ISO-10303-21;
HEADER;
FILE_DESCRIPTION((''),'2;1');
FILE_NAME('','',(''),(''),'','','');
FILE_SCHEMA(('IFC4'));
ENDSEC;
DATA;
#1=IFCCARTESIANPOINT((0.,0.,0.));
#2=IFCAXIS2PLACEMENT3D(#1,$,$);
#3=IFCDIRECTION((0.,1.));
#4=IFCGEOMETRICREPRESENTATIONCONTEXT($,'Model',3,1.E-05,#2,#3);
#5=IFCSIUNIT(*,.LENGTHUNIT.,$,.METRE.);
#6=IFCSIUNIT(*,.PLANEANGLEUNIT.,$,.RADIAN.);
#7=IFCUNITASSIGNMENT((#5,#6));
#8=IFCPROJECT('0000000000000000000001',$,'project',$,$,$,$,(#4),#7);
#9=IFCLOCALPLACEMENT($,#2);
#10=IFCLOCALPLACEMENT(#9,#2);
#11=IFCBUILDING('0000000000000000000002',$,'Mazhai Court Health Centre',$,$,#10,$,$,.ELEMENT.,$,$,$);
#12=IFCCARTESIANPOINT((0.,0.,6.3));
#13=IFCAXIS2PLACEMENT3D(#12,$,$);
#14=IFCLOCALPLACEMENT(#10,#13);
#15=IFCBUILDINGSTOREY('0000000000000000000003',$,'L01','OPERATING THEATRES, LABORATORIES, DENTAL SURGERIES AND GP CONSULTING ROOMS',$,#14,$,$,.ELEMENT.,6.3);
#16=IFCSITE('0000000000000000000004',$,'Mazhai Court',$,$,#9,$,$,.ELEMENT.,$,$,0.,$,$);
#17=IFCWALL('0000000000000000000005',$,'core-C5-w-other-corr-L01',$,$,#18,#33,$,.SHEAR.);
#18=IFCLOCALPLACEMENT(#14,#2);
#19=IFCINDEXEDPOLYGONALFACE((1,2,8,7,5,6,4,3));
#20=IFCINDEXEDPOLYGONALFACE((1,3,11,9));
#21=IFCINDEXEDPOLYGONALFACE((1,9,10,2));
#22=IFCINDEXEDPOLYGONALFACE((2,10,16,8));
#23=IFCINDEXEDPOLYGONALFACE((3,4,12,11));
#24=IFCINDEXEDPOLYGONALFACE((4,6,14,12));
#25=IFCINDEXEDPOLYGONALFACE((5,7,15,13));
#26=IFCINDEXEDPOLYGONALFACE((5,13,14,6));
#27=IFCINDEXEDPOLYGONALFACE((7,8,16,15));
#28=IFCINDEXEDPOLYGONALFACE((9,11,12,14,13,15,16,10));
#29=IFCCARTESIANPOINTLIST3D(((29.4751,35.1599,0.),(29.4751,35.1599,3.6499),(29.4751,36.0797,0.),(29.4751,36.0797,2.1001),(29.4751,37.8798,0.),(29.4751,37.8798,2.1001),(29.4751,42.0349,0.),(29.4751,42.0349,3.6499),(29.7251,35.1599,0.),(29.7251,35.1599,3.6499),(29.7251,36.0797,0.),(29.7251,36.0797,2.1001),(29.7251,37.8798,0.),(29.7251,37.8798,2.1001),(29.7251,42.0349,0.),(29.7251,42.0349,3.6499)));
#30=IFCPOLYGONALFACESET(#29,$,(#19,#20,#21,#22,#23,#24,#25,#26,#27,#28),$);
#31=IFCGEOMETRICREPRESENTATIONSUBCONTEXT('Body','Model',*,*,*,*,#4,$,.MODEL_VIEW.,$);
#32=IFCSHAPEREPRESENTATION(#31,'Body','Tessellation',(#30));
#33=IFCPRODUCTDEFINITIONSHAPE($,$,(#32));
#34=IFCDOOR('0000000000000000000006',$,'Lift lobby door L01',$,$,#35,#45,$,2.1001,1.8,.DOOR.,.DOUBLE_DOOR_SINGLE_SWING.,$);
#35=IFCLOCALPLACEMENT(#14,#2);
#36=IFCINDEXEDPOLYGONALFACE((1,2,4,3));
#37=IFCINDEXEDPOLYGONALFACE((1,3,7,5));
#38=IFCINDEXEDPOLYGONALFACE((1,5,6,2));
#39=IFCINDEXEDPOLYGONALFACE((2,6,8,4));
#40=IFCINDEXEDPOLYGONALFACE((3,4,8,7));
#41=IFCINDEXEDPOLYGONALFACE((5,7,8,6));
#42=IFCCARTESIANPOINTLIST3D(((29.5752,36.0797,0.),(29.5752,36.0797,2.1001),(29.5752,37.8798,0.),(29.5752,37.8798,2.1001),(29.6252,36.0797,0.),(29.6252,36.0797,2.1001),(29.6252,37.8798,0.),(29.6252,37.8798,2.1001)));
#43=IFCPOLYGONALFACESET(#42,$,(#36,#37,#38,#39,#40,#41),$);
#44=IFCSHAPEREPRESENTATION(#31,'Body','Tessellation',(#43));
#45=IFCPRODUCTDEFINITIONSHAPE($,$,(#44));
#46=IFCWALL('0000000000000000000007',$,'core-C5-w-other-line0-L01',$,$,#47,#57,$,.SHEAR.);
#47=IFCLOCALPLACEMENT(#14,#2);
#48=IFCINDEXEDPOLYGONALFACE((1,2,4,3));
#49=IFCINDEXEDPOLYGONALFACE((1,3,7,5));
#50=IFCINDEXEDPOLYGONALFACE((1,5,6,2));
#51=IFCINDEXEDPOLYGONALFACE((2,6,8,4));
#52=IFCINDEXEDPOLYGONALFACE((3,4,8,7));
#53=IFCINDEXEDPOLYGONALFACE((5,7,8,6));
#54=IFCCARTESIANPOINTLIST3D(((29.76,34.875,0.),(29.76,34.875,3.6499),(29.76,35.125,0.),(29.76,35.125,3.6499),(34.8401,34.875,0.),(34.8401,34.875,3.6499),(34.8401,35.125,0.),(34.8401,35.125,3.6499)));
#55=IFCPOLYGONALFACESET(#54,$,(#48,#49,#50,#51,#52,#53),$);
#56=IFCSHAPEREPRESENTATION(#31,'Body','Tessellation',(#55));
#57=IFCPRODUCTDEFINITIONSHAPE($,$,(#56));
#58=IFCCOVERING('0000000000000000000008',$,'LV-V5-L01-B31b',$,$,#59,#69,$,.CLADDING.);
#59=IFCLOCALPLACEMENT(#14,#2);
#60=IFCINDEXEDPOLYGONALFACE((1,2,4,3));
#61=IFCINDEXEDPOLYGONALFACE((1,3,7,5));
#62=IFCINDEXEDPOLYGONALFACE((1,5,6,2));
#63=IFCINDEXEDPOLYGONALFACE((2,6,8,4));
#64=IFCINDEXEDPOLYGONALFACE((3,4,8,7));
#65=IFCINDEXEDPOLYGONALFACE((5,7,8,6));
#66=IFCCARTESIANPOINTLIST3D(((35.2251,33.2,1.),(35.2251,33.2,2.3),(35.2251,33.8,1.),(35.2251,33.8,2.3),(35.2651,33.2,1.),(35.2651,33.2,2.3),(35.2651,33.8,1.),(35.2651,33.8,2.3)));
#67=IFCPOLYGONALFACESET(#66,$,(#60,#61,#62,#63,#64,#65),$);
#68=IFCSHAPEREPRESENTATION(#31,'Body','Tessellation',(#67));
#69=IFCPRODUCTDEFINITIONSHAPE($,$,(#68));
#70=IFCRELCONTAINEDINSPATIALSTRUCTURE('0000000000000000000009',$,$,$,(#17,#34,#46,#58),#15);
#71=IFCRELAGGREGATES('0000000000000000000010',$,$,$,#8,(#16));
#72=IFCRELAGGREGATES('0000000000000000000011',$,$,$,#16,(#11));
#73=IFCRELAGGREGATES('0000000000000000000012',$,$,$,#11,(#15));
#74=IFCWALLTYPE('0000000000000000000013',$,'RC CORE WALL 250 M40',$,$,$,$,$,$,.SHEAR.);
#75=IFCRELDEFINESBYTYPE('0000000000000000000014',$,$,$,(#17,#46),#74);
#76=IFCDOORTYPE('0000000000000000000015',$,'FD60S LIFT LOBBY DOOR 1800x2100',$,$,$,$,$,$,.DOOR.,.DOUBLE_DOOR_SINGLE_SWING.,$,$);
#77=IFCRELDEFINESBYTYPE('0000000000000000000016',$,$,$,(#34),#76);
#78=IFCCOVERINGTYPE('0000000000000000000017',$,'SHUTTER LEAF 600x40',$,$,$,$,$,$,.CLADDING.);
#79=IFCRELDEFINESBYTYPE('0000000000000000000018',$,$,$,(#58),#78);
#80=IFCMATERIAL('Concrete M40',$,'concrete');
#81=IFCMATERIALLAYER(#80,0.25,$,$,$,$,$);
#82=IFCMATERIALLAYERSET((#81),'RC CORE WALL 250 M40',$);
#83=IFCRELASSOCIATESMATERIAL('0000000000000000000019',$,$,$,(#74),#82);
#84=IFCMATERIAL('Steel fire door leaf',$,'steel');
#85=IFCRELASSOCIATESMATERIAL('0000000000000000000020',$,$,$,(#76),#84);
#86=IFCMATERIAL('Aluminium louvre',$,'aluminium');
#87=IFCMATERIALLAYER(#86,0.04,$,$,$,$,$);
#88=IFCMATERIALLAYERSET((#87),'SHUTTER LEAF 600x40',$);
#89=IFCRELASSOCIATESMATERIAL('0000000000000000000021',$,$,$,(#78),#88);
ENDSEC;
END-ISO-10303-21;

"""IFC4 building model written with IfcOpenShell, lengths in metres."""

from ifc_helpers import new_model, si_unit, direction, frame, frame_2d, origin, origin_2d, place, context, subcontext, project, spatial, rectangle, extrude, material, layer, layer_set, type_object, element, fill, save


model = new_model("IFC4")

# Units and contexts
model_context = context("Model", 3, precision=1e-05, world=origin(), true_north=direction((0.0, 1.0)))
body_context = subcontext(model_context, "Body", "Model", "MODEL_VIEW")
ifc_project = project(units=[si_unit("LENGTHUNIT", "METRE"), si_unit("PLANEANGLEUNIT", "RADIAN")], contexts=[model_context])

# Site, building, storey
site_placement = place(None, origin())
site = spatial("IfcSite", under=ifc_project, at=site_placement, Name="Mazhai Court", CompositionType="ELEMENT", RefElevation=0.0)
building_placement = place(site_placement, origin())
building = spatial("IfcBuilding", under=site, at=building_placement, Name="Mazhai Court Health Centre", CompositionType="ELEMENT")
storey_placement = place(building_placement, frame((0.0, 0.0, 6.3)))
storey = spatial("IfcBuildingStorey", under=building, at=storey_placement, Name="L01", Description="OPERATING THEATRES, LABORATORIES, DENTAL SURGERIES AND GP CONSULTING ROOMS", CompositionType="ELEMENT", Elevation=6.3)

# Wall, opening, door
ifc_material_1 = material(Name="Concrete M40", Category="concrete")
ifc_layer_1 = layer(ifc_material_1, 0.25)
ifc_layer_set_1 = layer_set([ifc_layer_1], Name="RC CORE WALL 250 M40")
wall_type_1 = type_object("IfcWallType", Name="RC CORE WALL 250 M40", PredefinedType="SHEAR", material=ifc_layer_set_1)
wall_1_placement = place(storey_placement, frame((29.6001, 35.1599, 0.0), z_axis=(0.0, 0.0, 1.0), x_axis=(0.0, 1.0, 0.0)))
wall_1 = element("IfcWall", 1, at=wall_1_placement, inside=storey, type_object=wall_type_1, Name="core-C5-w-other-corr-L01", PredefinedType="SHEAR", context=body_context, shape_type="SweptSolid", body=[
    extrude(rectangle(XDim=6.875, YDim=0.25, at=frame_2d((3.4375, 0.0))), origin(), (0.0, 0.0, 1.0), 3.6499),
])
opening_1_placement = place(wall_1_placement, frame((0.9199, 0.0, 0.0)))
opening_1 = element("IfcOpeningElement", 2, at=opening_1_placement, cuts=wall_1, PredefinedType="OPENING", context=body_context, shape_type="SweptSolid", body=[
    extrude(rectangle(XDim=1.8, YDim=2.1001, at=frame_2d((0.8999, 1.05))), frame((0.0, 0.135, 0.0), z_axis=(0.0, -1.0, 0.0), x_axis=(1.0, 0.0, 0.0)), (0.0, 0.0, 1.0), 0.27),
])
ifc_material_2 = material(Name="Steel fire door leaf", Category="steel")
door_type_1 = type_object("IfcDoorType", Name="FD60S LIFT LOBBY DOOR 1800x2100", OperationType="DOUBLE_DOOR_SINGLE_SWING", PredefinedType="DOOR", material=ifc_material_2)
door_1_placement = place(opening_1_placement, origin())
door_1 = element("IfcDoor", 3, at=door_1_placement, inside=storey, type_object=door_type_1, Name="Lift lobby door L01", OperationType="DOUBLE_DOOR_SINGLE_SWING", OverallHeight=2.1001, OverallWidth=1.8, PredefinedType="DOOR", context=body_context, shape_type="SweptSolid", body=[
    extrude(rectangle(XDim=1.8, YDim=2.1001, at=frame_2d((0.8999, 1.05))), frame((0.0, 0.0249, 0.0), z_axis=(0.0, -1.0, 0.0), x_axis=(1.0, 0.0, 0.0)), (0.0, 0.0, 1.0), 0.05),
])
fill(opening_1, door_1)

# Wall
wall_2_placement = place(storey_placement, frame((29.76, 35.0, 0.0), z_axis=(0.0, 0.0, 1.0), x_axis=(1.0, 0.0, 0.0)))
element("IfcWall", 4, at=wall_2_placement, inside=storey, type_object=wall_type_1, Name="core-C5-w-other-line0-L01", PredefinedType="SHEAR", context=body_context, shape_type="SweptSolid", body=[
    extrude(rectangle(XDim=5.0801, YDim=0.25, at=frame_2d((2.54, 0.0))), origin(), (0.0, 0.0, 1.0), 3.6499),
])

# Covering
ifc_material_3 = material(Name="Aluminium louvre", Category="aluminium")
ifc_layer_2 = layer(ifc_material_3, 0.04)
ifc_layer_set_2 = layer_set([ifc_layer_2], Name="SHUTTER LEAF 600x40")
covering_type = type_object("IfcCoveringType", Name="SHUTTER LEAF 600x40", PredefinedType="CLADDING", material=ifc_layer_set_2)
covering_placement = place(storey_placement, frame((35.2451, 33.5, 1.0), z_axis=(0.0, 0.0, 1.0), x_axis=(0.0, 1.0, 0.0)))
element("IfcCovering", 5, at=covering_placement, inside=storey, type_object=covering_type, Name="LV-V5-L01-B31b", PredefinedType="CLADDING", context=body_context, shape_type="SweptSolid", body=[
    extrude(rectangle(XDim=0.6001, YDim=0.04, at=origin_2d()), origin(), (0.0, 0.0, 1.0), 1.3),
])

save(model, "model.ifc")
